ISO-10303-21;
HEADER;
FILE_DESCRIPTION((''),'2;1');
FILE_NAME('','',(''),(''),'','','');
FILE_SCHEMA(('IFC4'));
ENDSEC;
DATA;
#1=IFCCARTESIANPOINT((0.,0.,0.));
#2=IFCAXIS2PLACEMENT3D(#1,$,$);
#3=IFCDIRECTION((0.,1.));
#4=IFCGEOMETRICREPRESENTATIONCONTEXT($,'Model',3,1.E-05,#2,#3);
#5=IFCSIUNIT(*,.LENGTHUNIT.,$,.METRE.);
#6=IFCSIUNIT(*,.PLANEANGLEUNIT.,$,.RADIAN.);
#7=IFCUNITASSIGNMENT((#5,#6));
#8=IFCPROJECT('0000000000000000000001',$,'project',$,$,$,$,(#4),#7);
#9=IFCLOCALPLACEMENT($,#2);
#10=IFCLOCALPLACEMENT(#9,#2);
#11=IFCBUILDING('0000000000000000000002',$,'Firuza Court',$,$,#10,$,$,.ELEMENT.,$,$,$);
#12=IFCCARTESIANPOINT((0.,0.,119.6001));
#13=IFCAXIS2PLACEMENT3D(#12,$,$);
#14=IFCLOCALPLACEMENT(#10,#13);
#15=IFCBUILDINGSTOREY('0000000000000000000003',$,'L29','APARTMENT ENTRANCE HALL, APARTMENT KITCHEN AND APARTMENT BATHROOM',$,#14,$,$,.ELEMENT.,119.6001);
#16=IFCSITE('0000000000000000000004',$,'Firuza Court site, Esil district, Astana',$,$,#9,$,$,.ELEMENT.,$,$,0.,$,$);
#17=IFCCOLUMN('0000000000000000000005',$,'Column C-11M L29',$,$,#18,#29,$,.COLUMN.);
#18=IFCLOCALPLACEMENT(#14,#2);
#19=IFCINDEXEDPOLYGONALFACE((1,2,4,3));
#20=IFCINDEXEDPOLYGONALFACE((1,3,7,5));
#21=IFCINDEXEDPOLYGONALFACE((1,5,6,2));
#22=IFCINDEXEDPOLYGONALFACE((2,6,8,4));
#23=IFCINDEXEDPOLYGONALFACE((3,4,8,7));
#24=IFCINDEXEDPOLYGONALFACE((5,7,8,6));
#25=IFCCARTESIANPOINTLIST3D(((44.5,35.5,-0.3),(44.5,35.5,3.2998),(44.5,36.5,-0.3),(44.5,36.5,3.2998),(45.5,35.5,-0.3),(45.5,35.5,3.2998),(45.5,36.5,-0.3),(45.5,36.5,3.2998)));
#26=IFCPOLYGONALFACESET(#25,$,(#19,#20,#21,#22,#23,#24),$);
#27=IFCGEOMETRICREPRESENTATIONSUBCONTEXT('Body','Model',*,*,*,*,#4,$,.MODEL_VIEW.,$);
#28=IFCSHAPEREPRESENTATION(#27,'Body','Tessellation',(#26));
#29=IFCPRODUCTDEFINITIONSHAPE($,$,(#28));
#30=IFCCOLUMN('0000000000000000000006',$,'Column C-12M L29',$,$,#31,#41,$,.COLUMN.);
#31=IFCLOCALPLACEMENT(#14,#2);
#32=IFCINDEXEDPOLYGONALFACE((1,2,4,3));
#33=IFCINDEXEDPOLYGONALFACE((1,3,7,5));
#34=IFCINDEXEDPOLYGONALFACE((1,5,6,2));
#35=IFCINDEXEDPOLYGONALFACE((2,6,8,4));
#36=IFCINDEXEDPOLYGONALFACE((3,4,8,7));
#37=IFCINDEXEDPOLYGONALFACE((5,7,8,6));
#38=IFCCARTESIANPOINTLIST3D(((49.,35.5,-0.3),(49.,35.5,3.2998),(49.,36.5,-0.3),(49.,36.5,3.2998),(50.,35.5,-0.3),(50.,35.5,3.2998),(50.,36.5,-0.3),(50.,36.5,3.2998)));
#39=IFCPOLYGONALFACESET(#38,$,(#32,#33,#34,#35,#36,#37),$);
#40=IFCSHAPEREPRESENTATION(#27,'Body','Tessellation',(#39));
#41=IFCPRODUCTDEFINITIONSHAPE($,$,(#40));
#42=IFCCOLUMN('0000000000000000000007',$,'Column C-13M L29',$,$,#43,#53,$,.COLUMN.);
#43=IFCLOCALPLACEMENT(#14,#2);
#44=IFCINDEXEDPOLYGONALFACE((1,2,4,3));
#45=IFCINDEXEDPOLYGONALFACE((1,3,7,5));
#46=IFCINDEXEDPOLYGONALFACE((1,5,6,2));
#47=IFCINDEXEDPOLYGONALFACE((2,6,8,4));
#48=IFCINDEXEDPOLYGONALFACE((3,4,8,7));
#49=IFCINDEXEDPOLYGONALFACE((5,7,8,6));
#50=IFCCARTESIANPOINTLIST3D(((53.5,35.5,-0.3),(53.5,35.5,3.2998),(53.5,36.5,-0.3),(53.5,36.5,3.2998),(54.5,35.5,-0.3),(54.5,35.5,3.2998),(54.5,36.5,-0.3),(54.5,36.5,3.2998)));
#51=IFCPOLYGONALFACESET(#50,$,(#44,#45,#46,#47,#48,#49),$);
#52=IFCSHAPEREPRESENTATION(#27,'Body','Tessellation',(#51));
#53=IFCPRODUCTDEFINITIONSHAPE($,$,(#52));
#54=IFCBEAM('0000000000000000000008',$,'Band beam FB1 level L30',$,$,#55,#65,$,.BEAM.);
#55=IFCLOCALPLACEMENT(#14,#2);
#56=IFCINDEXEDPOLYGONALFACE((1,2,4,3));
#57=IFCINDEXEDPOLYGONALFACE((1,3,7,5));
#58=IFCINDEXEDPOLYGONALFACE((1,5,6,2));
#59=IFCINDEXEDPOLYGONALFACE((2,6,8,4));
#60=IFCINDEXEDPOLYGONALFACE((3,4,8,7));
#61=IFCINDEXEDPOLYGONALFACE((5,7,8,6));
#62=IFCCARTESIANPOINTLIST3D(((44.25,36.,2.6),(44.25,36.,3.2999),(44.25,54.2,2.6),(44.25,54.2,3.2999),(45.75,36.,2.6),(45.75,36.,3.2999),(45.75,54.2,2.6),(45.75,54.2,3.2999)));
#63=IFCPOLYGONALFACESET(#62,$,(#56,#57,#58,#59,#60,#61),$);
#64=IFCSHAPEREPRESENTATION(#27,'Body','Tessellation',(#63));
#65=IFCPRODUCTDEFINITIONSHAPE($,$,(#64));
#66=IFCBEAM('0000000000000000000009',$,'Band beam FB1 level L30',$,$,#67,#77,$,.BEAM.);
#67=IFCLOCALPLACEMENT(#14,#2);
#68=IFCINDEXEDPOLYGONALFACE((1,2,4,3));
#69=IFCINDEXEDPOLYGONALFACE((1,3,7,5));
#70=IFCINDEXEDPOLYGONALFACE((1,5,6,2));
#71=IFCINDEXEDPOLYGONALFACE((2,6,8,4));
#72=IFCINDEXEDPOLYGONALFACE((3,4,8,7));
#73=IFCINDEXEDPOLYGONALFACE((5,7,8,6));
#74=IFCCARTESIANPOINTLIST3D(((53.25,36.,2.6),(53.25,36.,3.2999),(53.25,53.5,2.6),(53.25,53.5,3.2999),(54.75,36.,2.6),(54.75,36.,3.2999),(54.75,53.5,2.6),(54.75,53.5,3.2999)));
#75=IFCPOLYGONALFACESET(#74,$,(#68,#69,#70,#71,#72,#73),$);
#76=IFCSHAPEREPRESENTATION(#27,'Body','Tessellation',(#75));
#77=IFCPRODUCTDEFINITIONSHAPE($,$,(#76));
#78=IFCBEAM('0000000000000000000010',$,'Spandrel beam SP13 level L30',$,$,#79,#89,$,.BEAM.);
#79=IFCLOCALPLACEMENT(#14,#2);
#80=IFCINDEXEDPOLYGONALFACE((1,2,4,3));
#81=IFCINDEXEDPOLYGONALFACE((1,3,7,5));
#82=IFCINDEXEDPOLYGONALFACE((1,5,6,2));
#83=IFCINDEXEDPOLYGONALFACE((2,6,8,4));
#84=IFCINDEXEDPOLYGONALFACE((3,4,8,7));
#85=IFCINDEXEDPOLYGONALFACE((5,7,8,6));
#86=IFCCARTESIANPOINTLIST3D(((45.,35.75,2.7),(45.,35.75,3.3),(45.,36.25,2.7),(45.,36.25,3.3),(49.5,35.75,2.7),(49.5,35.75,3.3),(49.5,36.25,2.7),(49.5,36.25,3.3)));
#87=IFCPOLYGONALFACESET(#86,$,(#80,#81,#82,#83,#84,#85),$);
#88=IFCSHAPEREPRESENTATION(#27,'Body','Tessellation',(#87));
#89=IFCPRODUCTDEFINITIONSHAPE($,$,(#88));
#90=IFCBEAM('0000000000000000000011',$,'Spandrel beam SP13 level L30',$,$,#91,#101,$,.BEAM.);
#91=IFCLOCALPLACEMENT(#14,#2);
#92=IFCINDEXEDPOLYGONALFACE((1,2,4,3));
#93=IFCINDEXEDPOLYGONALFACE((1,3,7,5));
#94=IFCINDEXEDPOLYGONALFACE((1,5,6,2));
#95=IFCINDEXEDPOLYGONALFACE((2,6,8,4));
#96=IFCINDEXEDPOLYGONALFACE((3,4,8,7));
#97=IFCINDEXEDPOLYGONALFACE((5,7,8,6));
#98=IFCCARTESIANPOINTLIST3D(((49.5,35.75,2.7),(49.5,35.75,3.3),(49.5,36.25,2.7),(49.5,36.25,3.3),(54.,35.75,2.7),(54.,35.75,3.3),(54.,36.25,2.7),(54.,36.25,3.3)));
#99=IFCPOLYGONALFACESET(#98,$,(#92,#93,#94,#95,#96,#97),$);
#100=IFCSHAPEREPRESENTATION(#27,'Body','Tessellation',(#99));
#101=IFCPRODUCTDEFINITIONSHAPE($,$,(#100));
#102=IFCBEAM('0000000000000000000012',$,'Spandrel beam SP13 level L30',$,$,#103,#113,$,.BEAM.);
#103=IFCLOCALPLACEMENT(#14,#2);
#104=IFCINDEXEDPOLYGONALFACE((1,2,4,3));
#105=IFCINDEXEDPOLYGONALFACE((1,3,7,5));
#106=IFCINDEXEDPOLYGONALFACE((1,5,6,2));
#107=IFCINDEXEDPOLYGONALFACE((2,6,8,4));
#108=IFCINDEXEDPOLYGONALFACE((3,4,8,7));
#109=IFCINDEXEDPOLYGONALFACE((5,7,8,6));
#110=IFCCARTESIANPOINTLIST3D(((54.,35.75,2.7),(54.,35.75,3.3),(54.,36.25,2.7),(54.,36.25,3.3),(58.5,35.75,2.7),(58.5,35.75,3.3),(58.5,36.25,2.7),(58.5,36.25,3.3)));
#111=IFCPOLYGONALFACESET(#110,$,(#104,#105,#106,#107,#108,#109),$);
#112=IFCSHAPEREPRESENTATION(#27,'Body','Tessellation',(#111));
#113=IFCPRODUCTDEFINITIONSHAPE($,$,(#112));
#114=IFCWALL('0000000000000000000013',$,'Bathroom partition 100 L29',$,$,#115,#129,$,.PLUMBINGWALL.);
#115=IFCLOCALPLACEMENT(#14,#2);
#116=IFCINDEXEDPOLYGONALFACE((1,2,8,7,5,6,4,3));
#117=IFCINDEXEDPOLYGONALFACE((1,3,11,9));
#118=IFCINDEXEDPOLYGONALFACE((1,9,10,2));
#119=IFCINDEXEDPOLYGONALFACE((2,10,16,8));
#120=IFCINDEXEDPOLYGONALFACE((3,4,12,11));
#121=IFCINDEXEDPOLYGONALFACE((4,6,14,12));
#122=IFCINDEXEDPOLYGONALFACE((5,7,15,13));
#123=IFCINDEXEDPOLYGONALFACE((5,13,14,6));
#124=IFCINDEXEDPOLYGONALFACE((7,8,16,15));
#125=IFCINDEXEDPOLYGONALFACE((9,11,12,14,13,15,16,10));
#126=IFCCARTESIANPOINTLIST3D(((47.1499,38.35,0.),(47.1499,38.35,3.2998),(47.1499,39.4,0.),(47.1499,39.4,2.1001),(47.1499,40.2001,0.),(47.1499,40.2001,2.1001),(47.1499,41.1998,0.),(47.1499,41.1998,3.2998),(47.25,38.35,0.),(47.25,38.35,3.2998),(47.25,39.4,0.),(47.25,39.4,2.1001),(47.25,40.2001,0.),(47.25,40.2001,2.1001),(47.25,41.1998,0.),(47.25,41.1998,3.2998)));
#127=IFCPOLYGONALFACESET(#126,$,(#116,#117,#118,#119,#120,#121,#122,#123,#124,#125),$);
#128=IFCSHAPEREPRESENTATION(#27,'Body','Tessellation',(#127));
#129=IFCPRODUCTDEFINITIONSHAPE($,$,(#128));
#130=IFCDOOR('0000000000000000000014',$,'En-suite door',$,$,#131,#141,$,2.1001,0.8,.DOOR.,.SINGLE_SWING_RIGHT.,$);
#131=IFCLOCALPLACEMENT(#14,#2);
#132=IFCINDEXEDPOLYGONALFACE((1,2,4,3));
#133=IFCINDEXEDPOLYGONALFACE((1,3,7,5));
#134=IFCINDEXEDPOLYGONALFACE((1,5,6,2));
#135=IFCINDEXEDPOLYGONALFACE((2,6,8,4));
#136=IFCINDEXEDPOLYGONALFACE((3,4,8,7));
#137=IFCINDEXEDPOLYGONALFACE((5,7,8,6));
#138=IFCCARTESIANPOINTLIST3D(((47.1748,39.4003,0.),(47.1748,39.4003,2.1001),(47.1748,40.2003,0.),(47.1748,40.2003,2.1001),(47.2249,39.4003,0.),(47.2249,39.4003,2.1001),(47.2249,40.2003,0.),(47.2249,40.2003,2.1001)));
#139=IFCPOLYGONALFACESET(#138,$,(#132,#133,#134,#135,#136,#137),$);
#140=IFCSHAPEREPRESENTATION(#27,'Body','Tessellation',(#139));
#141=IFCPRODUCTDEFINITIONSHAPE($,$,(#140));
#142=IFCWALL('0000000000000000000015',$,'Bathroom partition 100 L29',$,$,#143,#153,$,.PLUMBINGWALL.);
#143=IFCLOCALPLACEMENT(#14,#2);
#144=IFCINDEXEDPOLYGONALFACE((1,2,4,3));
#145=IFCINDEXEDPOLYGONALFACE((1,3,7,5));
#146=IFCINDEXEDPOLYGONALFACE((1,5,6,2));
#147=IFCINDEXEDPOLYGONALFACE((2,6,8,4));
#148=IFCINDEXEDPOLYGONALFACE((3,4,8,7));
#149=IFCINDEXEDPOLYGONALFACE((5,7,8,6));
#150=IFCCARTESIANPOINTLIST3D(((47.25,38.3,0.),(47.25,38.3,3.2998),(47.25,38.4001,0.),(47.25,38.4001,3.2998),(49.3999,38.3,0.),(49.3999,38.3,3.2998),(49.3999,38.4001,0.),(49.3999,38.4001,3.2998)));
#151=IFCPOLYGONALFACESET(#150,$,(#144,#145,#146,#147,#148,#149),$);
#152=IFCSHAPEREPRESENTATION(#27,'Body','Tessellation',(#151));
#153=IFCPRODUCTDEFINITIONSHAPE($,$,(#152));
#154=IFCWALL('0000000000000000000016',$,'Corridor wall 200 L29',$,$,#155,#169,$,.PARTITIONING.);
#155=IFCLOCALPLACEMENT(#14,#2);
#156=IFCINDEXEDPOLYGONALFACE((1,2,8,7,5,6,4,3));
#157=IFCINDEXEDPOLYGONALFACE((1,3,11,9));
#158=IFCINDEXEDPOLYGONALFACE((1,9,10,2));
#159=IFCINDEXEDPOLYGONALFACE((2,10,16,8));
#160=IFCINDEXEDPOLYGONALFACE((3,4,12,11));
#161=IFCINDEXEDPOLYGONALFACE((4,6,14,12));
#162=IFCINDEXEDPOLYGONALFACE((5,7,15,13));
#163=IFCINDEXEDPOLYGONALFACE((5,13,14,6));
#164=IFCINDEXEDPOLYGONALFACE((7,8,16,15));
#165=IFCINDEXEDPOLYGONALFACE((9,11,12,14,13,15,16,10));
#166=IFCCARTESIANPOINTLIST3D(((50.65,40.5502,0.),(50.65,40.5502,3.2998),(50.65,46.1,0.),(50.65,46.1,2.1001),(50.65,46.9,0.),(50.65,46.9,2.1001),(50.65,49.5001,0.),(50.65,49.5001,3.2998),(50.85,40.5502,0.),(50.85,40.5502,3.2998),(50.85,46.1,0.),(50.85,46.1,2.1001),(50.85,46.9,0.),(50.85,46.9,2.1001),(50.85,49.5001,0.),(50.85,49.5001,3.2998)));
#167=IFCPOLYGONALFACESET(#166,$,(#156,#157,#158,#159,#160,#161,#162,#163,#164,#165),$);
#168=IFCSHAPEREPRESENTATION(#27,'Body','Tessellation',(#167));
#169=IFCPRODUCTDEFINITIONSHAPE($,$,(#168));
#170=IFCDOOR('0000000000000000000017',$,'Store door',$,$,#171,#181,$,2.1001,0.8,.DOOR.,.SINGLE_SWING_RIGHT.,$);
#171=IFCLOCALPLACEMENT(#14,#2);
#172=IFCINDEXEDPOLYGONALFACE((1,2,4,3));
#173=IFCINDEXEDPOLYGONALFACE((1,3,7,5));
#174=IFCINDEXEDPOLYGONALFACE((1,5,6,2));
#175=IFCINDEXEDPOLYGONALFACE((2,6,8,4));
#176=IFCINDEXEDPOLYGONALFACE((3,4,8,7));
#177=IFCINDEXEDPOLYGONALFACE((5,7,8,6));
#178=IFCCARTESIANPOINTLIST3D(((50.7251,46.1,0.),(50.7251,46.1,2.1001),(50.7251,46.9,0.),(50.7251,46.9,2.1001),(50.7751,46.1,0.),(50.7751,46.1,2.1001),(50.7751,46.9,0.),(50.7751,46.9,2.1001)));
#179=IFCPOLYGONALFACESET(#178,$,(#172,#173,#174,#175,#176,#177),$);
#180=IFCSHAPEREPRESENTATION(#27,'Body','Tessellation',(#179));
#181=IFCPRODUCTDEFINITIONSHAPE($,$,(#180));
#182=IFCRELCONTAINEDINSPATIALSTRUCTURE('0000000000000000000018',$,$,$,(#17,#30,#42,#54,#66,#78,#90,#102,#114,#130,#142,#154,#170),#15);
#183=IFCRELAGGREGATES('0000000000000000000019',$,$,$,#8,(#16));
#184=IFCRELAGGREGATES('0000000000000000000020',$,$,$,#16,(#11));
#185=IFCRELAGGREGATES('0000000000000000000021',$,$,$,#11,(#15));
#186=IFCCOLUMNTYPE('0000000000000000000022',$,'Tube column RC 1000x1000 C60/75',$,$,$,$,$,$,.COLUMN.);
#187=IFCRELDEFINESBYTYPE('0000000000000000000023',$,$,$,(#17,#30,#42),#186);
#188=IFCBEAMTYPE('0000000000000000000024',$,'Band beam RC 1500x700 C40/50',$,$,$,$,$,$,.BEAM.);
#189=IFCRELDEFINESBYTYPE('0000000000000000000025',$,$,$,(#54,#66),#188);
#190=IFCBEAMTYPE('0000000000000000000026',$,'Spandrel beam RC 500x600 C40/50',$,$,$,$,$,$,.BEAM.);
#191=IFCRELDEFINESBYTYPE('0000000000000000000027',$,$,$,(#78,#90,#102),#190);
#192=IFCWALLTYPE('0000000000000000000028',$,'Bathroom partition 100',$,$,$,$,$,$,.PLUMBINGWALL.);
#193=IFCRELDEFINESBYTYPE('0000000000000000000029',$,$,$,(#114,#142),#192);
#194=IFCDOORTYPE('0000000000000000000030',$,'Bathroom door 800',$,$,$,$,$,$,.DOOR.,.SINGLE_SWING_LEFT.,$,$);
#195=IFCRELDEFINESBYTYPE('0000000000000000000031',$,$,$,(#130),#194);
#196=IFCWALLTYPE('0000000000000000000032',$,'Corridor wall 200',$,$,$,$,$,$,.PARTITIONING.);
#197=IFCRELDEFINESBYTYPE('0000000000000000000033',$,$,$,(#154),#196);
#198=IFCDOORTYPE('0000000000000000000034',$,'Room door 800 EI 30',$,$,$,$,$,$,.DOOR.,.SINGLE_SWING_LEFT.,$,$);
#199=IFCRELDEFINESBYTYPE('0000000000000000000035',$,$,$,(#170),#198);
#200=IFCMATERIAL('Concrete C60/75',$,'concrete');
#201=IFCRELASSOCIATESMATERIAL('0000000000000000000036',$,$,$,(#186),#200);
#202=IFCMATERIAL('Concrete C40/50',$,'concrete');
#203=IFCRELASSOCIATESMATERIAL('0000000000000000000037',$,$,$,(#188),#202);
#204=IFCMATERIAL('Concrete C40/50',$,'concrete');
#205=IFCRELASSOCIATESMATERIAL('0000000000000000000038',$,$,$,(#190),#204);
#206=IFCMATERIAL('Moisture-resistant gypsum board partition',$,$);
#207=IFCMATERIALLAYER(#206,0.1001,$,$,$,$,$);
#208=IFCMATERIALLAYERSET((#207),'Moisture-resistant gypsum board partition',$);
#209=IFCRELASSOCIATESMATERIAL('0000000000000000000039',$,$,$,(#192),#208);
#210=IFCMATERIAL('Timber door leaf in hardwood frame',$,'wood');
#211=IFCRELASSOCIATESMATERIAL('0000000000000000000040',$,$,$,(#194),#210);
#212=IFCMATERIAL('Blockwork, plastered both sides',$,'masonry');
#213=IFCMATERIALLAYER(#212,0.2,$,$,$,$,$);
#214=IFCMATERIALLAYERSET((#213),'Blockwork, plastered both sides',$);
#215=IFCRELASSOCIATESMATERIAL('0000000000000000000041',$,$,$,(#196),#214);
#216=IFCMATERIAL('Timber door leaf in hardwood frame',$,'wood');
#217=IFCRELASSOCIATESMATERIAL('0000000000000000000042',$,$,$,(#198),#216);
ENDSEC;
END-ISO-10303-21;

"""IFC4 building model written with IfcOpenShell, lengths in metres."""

from ifc_helpers import new_model, si_unit, direction, frame, frame_2d, origin, origin_2d, place, context, subcontext, project, spatial, rectangle, extrude, material, layer, layer_set, material_profile, profile_set, type_object, element, fill, save


model = new_model("IFC4")

# Units and contexts
model_context = context("Model", 3, precision=1e-05, world=origin(), true_north=direction((0.0, 1.0)))
body_context = subcontext(model_context, "Body", "Model", "MODEL_VIEW")
ifc_project = project(units=[si_unit("LENGTHUNIT", "METRE"), si_unit("PLANEANGLEUNIT", "RADIAN")], contexts=[model_context])

# Site, building, storey
site_placement = place(None, origin())
site = spatial("IfcSite", under=ifc_project, at=site_placement, Name="Firuza Court site, Esil district, Astana", CompositionType="ELEMENT", RefElevation=0.0)
building_placement = place(site_placement, origin())
building = spatial("IfcBuilding", under=site, at=building_placement, Name="Firuza Court", CompositionType="ELEMENT")
storey_placement = place(building_placement, frame((0.0, 0.0, 119.6001)))
storey = spatial("IfcBuildingStorey", under=building, at=storey_placement, Name="L29", Description="APARTMENT ENTRANCE HALL, APARTMENT KITCHEN AND APARTMENT BATHROOM", CompositionType="ELEMENT", Elevation=119.6001)

# Columns
ifc_material_1 = material(Name="Concrete C60/75", Category="concrete")
ifc_material_profile_1 = material_profile(ifc_material_1, rectangle(XDim=1.0, YDim=1.0, at=origin_2d()), Name="RC 1000x1000")
ifc_profile_set_1 = profile_set([ifc_material_profile_1], Name="Concrete C60/75")
column_type = type_object("IfcColumnType", Name="Tube column RC 1000x1000 C60/75", PredefinedType="COLUMN", material=ifc_profile_set_1)
for number, where, z_axis, x_axis, name in (
    (1, (45.0, 36.0, -0.3), (0.0, 0.0, 1.0), (1.0, 0.0, 0.0), "Column C-11M L29"),
    (2, (49.5, 36.0, -0.3), (0.0, 0.0, 1.0), (1.0, 0.0, 0.0), "Column C-12M L29"),
    (3, (54.0, 36.0, -0.3), (0.0, 0.0, 1.0), (1.0, 0.0, 0.0), "Column C-13M L29"),
):
    element("IfcColumn", number, at=place(storey_placement, frame(where, z_axis=z_axis, x_axis=x_axis)), inside=storey, type_object=column_type, Name=name, PredefinedType="COLUMN", context=body_context, shape_type="SweptSolid", body=[
        extrude(rectangle(XDim=1.0, YDim=1.0, at=origin_2d()), origin(), (0.0, 0.0, 1.0), 3.5999),
    ])

# Beams
ifc_material_2 = material(Name="Concrete C40/50", Category="concrete")
ifc_material_profile_2 = material_profile(ifc_material_2, rectangle(XDim=1.5, YDim=0.7, at=origin_2d()), Name="RC 1500x700")
ifc_profile_set_2 = profile_set([ifc_material_profile_2], Name="Concrete C40/50")
beam_type_1 = type_object("IfcBeamType", Name="Band beam RC 1500x700 C40/50", PredefinedType="BEAM", material=ifc_profile_set_2)
beam_1_placement = place(storey_placement, frame((45.0, 36.0, 2.95), z_axis=(0.0, 1.0, 0.0), x_axis=(-1.0, 0.0, 0.0)))
element("IfcBeam", 4, at=beam_1_placement, inside=storey, type_object=beam_type_1, Name="Band beam FB1 level L30", PredefinedType="BEAM", context=body_context, shape_type="SweptSolid", body=[
    extrude(rectangle(XDim=1.5, YDim=0.7, at=origin_2d()), origin(), (0.0, 0.0, 1.0), 18.2),
])
beam_2_placement = place(storey_placement, frame((54.0, 36.0, 2.95), z_axis=(0.0, 1.0, 0.0), x_axis=(-1.0, 0.0, 0.0)))
element("IfcBeam", 5, at=beam_2_placement, inside=storey, type_object=beam_type_1, Name="Band beam FB1 level L30", PredefinedType="BEAM", context=body_context, shape_type="SweptSolid", body=[
    extrude(rectangle(XDim=1.5, YDim=0.7, at=origin_2d()), origin(), (0.0, 0.0, 1.0), 17.5),
])
ifc_material_3 = material(Name="Concrete C40/50", Category="concrete")
ifc_material_profile_3 = material_profile(ifc_material_3, rectangle(XDim=0.5, YDim=0.6001, at=origin_2d()), Name="RC 500x600")
ifc_profile_set_3 = profile_set([ifc_material_profile_3], Name="Concrete C40/50")
beam_type_2 = type_object("IfcBeamType", Name="Spandrel beam RC 500x600 C40/50", PredefinedType="BEAM", material=ifc_profile_set_3)
for number, where, z_axis, x_axis, name in (
    (6, (45.0, 36.0, 3.0), (1.0, 0.0, 0.0), (0.0, 1.0, 0.0), "Spandrel beam SP13 level L30"),
    (7, (49.5, 36.0, 3.0), (1.0, 0.0, 0.0), (0.0, 1.0, 0.0), "Spandrel beam SP13 level L30"),
    (8, (54.0, 36.0, 3.0), (1.0, 0.0, 0.0), (0.0, 1.0, 0.0), "Spandrel beam SP13 level L30"),
):
    element("IfcBeam", number, at=place(storey_placement, frame(where, z_axis=z_axis, x_axis=x_axis)), inside=storey, type_object=beam_type_2, Name=name, PredefinedType="BEAM", context=body_context, shape_type="SweptSolid", body=[
        extrude(rectangle(XDim=0.5, YDim=0.6001, at=origin_2d()), origin(), (0.0, 0.0, 1.0), 4.5),
    ])

# Wall, opening, door
ifc_material_4 = material(Name="Moisture-resistant gypsum board partition")
ifc_layer_1 = layer(ifc_material_4, 0.1001)
ifc_layer_set_1 = layer_set([ifc_layer_1], Name="Moisture-resistant gypsum board partition")
wall_type_1 = type_object("IfcWallType", Name="Bathroom partition 100", PredefinedType="PLUMBINGWALL", material=ifc_layer_set_1)
wall_1_placement = place(storey_placement, frame((47.2, 38.3501, 0.0), z_axis=(0.0, 0.0, 1.0), x_axis=(0.0, 1.0, 0.0)))
wall_1 = element("IfcWall", 9, at=wall_1_placement, inside=storey, type_object=wall_type_1, Name="Bathroom partition 100 L29", PredefinedType="PLUMBINGWALL", context=body_context, shape_type="SweptSolid", body=[
    extrude(rectangle(XDim=2.8499, YDim=0.1001, at=frame_2d((1.4248, 0.0))), origin(), (0.0, 0.0, 1.0), 3.2998),
])
opening_1_placement = place(wall_1_placement, frame((1.05, 0.0, 0.0)))
opening_1 = element("IfcOpeningElement", 10, at=opening_1_placement, cuts=wall_1, PredefinedType="OPENING", context=body_context, shape_type="SweptSolid", body=[
    extrude(rectangle(XDim=0.8, YDim=2.1001, at=frame_2d((0.3999, 1.05))), frame((0.0, 0.062, 0.0), z_axis=(0.0, -1.0, 0.0), x_axis=(1.0, 0.0, 0.0)), (0.0, 0.0, 1.0), 0.124),
])
ifc_material_5 = material(Name="Timber door leaf in hardwood frame", Category="wood")
door_type_1 = type_object("IfcDoorType", Name="Bathroom door 800", OperationType="SINGLE_SWING_LEFT", PredefinedType="DOOR", material=ifc_material_5)
door_1_placement = place(opening_1_placement, frame((0.8, 0.0, 0.0), z_axis=(0.0, 0.0, 1.0), x_axis=(-1.0, 0.0, 0.0)))
door_1 = element("IfcDoor", 11, at=door_1_placement, inside=storey, type_object=door_type_1, Name="En-suite door", OperationType="SINGLE_SWING_RIGHT", OverallHeight=2.1001, OverallWidth=0.8, PredefinedType="DOOR", context=body_context, shape_type="SweptSolid", body=[
    extrude(rectangle(XDim=0.8, YDim=2.1001, at=frame_2d((0.3999, 1.05))), frame((0.0, 0.0249, 0.0), z_axis=(0.0, -1.0, 0.0), x_axis=(1.0, 0.0, 0.0)), (0.0, 0.0, 1.0), 0.05),
])
fill(opening_1, door_1)

# Wall
wall_2_placement = place(storey_placement, frame((47.25, 38.3501, 0.0), z_axis=(0.0, 0.0, 1.0), x_axis=(1.0, 0.0, 0.0)))
element("IfcWall", 12, at=wall_2_placement, inside=storey, type_object=wall_type_1, Name="Bathroom partition 100 L29", PredefinedType="PLUMBINGWALL", context=body_context, shape_type="SweptSolid", body=[
    extrude(rectangle(XDim=2.1499, YDim=0.1001, at=frame_2d((1.075, 0.0))), origin(), (0.0, 0.0, 1.0), 3.2998),
])

# Wall, opening, door
ifc_material_6 = material(Name="Blockwork, plastered both sides", Category="masonry")
ifc_layer_2 = layer(ifc_material_6, 0.2)
ifc_layer_set_2 = layer_set([ifc_layer_2], Name="Blockwork, plastered both sides")
wall_type_2 = type_object("IfcWallType", Name="Corridor wall 200", PredefinedType="PARTITIONING", material=ifc_layer_set_2)
wall_3_placement = place(storey_placement, frame((50.75, 40.55, 0.0), z_axis=(0.0, 0.0, 1.0), x_axis=(0.0, 1.0, 0.0)))
wall_3 = element("IfcWall", 13, at=wall_3_placement, inside=storey, type_object=wall_type_2, Name="Corridor wall 200 L29", PredefinedType="PARTITIONING", context=body_context, shape_type="SweptSolid", body=[
    extrude(rectangle(XDim=8.95, YDim=0.2, at=frame_2d((4.4751, 0.0))), origin(), (0.0, 0.0, 1.0), 3.2998),
])
opening_2_placement = place(wall_3_placement, frame((5.55, 0.0, 0.0)))
opening_2 = element("IfcOpeningElement", 14, at=opening_2_placement, cuts=wall_3, PredefinedType="OPENING", context=body_context, shape_type="SweptSolid", body=[
    extrude(rectangle(XDim=0.8, YDim=2.1001, at=frame_2d((0.3999, 1.05))), frame((0.0, 0.1118, 0.0), z_axis=(0.0, -1.0, 0.0), x_axis=(1.0, 0.0, 0.0)), (0.0, 0.0, 1.0), 0.2239),
])
ifc_material_7 = material(Name="Timber door leaf in hardwood frame", Category="wood")
door_type_2 = type_object("IfcDoorType", Name="Room door 800 EI 30", OperationType="SINGLE_SWING_LEFT", PredefinedType="DOOR", material=ifc_material_7)
door_2_placement = place(opening_2_placement, origin())
door_2 = element("IfcDoor", 15, at=door_2_placement, inside=storey, type_object=door_type_2, Name="Store door", OperationType="SINGLE_SWING_RIGHT", OverallHeight=2.1001, OverallWidth=0.8, PredefinedType="DOOR", context=body_context, shape_type="SweptSolid", body=[
    extrude(rectangle(XDim=0.8, YDim=2.1001, at=frame_2d((0.3999, 1.05))), frame((0.0, 0.0249, 0.0), z_axis=(0.0, -1.0, 0.0), x_axis=(1.0, 0.0, 0.0)), (0.0, 0.0, 1.0), 0.05),
])
fill(opening_2, door_2)

save(model, "model.ifc")
